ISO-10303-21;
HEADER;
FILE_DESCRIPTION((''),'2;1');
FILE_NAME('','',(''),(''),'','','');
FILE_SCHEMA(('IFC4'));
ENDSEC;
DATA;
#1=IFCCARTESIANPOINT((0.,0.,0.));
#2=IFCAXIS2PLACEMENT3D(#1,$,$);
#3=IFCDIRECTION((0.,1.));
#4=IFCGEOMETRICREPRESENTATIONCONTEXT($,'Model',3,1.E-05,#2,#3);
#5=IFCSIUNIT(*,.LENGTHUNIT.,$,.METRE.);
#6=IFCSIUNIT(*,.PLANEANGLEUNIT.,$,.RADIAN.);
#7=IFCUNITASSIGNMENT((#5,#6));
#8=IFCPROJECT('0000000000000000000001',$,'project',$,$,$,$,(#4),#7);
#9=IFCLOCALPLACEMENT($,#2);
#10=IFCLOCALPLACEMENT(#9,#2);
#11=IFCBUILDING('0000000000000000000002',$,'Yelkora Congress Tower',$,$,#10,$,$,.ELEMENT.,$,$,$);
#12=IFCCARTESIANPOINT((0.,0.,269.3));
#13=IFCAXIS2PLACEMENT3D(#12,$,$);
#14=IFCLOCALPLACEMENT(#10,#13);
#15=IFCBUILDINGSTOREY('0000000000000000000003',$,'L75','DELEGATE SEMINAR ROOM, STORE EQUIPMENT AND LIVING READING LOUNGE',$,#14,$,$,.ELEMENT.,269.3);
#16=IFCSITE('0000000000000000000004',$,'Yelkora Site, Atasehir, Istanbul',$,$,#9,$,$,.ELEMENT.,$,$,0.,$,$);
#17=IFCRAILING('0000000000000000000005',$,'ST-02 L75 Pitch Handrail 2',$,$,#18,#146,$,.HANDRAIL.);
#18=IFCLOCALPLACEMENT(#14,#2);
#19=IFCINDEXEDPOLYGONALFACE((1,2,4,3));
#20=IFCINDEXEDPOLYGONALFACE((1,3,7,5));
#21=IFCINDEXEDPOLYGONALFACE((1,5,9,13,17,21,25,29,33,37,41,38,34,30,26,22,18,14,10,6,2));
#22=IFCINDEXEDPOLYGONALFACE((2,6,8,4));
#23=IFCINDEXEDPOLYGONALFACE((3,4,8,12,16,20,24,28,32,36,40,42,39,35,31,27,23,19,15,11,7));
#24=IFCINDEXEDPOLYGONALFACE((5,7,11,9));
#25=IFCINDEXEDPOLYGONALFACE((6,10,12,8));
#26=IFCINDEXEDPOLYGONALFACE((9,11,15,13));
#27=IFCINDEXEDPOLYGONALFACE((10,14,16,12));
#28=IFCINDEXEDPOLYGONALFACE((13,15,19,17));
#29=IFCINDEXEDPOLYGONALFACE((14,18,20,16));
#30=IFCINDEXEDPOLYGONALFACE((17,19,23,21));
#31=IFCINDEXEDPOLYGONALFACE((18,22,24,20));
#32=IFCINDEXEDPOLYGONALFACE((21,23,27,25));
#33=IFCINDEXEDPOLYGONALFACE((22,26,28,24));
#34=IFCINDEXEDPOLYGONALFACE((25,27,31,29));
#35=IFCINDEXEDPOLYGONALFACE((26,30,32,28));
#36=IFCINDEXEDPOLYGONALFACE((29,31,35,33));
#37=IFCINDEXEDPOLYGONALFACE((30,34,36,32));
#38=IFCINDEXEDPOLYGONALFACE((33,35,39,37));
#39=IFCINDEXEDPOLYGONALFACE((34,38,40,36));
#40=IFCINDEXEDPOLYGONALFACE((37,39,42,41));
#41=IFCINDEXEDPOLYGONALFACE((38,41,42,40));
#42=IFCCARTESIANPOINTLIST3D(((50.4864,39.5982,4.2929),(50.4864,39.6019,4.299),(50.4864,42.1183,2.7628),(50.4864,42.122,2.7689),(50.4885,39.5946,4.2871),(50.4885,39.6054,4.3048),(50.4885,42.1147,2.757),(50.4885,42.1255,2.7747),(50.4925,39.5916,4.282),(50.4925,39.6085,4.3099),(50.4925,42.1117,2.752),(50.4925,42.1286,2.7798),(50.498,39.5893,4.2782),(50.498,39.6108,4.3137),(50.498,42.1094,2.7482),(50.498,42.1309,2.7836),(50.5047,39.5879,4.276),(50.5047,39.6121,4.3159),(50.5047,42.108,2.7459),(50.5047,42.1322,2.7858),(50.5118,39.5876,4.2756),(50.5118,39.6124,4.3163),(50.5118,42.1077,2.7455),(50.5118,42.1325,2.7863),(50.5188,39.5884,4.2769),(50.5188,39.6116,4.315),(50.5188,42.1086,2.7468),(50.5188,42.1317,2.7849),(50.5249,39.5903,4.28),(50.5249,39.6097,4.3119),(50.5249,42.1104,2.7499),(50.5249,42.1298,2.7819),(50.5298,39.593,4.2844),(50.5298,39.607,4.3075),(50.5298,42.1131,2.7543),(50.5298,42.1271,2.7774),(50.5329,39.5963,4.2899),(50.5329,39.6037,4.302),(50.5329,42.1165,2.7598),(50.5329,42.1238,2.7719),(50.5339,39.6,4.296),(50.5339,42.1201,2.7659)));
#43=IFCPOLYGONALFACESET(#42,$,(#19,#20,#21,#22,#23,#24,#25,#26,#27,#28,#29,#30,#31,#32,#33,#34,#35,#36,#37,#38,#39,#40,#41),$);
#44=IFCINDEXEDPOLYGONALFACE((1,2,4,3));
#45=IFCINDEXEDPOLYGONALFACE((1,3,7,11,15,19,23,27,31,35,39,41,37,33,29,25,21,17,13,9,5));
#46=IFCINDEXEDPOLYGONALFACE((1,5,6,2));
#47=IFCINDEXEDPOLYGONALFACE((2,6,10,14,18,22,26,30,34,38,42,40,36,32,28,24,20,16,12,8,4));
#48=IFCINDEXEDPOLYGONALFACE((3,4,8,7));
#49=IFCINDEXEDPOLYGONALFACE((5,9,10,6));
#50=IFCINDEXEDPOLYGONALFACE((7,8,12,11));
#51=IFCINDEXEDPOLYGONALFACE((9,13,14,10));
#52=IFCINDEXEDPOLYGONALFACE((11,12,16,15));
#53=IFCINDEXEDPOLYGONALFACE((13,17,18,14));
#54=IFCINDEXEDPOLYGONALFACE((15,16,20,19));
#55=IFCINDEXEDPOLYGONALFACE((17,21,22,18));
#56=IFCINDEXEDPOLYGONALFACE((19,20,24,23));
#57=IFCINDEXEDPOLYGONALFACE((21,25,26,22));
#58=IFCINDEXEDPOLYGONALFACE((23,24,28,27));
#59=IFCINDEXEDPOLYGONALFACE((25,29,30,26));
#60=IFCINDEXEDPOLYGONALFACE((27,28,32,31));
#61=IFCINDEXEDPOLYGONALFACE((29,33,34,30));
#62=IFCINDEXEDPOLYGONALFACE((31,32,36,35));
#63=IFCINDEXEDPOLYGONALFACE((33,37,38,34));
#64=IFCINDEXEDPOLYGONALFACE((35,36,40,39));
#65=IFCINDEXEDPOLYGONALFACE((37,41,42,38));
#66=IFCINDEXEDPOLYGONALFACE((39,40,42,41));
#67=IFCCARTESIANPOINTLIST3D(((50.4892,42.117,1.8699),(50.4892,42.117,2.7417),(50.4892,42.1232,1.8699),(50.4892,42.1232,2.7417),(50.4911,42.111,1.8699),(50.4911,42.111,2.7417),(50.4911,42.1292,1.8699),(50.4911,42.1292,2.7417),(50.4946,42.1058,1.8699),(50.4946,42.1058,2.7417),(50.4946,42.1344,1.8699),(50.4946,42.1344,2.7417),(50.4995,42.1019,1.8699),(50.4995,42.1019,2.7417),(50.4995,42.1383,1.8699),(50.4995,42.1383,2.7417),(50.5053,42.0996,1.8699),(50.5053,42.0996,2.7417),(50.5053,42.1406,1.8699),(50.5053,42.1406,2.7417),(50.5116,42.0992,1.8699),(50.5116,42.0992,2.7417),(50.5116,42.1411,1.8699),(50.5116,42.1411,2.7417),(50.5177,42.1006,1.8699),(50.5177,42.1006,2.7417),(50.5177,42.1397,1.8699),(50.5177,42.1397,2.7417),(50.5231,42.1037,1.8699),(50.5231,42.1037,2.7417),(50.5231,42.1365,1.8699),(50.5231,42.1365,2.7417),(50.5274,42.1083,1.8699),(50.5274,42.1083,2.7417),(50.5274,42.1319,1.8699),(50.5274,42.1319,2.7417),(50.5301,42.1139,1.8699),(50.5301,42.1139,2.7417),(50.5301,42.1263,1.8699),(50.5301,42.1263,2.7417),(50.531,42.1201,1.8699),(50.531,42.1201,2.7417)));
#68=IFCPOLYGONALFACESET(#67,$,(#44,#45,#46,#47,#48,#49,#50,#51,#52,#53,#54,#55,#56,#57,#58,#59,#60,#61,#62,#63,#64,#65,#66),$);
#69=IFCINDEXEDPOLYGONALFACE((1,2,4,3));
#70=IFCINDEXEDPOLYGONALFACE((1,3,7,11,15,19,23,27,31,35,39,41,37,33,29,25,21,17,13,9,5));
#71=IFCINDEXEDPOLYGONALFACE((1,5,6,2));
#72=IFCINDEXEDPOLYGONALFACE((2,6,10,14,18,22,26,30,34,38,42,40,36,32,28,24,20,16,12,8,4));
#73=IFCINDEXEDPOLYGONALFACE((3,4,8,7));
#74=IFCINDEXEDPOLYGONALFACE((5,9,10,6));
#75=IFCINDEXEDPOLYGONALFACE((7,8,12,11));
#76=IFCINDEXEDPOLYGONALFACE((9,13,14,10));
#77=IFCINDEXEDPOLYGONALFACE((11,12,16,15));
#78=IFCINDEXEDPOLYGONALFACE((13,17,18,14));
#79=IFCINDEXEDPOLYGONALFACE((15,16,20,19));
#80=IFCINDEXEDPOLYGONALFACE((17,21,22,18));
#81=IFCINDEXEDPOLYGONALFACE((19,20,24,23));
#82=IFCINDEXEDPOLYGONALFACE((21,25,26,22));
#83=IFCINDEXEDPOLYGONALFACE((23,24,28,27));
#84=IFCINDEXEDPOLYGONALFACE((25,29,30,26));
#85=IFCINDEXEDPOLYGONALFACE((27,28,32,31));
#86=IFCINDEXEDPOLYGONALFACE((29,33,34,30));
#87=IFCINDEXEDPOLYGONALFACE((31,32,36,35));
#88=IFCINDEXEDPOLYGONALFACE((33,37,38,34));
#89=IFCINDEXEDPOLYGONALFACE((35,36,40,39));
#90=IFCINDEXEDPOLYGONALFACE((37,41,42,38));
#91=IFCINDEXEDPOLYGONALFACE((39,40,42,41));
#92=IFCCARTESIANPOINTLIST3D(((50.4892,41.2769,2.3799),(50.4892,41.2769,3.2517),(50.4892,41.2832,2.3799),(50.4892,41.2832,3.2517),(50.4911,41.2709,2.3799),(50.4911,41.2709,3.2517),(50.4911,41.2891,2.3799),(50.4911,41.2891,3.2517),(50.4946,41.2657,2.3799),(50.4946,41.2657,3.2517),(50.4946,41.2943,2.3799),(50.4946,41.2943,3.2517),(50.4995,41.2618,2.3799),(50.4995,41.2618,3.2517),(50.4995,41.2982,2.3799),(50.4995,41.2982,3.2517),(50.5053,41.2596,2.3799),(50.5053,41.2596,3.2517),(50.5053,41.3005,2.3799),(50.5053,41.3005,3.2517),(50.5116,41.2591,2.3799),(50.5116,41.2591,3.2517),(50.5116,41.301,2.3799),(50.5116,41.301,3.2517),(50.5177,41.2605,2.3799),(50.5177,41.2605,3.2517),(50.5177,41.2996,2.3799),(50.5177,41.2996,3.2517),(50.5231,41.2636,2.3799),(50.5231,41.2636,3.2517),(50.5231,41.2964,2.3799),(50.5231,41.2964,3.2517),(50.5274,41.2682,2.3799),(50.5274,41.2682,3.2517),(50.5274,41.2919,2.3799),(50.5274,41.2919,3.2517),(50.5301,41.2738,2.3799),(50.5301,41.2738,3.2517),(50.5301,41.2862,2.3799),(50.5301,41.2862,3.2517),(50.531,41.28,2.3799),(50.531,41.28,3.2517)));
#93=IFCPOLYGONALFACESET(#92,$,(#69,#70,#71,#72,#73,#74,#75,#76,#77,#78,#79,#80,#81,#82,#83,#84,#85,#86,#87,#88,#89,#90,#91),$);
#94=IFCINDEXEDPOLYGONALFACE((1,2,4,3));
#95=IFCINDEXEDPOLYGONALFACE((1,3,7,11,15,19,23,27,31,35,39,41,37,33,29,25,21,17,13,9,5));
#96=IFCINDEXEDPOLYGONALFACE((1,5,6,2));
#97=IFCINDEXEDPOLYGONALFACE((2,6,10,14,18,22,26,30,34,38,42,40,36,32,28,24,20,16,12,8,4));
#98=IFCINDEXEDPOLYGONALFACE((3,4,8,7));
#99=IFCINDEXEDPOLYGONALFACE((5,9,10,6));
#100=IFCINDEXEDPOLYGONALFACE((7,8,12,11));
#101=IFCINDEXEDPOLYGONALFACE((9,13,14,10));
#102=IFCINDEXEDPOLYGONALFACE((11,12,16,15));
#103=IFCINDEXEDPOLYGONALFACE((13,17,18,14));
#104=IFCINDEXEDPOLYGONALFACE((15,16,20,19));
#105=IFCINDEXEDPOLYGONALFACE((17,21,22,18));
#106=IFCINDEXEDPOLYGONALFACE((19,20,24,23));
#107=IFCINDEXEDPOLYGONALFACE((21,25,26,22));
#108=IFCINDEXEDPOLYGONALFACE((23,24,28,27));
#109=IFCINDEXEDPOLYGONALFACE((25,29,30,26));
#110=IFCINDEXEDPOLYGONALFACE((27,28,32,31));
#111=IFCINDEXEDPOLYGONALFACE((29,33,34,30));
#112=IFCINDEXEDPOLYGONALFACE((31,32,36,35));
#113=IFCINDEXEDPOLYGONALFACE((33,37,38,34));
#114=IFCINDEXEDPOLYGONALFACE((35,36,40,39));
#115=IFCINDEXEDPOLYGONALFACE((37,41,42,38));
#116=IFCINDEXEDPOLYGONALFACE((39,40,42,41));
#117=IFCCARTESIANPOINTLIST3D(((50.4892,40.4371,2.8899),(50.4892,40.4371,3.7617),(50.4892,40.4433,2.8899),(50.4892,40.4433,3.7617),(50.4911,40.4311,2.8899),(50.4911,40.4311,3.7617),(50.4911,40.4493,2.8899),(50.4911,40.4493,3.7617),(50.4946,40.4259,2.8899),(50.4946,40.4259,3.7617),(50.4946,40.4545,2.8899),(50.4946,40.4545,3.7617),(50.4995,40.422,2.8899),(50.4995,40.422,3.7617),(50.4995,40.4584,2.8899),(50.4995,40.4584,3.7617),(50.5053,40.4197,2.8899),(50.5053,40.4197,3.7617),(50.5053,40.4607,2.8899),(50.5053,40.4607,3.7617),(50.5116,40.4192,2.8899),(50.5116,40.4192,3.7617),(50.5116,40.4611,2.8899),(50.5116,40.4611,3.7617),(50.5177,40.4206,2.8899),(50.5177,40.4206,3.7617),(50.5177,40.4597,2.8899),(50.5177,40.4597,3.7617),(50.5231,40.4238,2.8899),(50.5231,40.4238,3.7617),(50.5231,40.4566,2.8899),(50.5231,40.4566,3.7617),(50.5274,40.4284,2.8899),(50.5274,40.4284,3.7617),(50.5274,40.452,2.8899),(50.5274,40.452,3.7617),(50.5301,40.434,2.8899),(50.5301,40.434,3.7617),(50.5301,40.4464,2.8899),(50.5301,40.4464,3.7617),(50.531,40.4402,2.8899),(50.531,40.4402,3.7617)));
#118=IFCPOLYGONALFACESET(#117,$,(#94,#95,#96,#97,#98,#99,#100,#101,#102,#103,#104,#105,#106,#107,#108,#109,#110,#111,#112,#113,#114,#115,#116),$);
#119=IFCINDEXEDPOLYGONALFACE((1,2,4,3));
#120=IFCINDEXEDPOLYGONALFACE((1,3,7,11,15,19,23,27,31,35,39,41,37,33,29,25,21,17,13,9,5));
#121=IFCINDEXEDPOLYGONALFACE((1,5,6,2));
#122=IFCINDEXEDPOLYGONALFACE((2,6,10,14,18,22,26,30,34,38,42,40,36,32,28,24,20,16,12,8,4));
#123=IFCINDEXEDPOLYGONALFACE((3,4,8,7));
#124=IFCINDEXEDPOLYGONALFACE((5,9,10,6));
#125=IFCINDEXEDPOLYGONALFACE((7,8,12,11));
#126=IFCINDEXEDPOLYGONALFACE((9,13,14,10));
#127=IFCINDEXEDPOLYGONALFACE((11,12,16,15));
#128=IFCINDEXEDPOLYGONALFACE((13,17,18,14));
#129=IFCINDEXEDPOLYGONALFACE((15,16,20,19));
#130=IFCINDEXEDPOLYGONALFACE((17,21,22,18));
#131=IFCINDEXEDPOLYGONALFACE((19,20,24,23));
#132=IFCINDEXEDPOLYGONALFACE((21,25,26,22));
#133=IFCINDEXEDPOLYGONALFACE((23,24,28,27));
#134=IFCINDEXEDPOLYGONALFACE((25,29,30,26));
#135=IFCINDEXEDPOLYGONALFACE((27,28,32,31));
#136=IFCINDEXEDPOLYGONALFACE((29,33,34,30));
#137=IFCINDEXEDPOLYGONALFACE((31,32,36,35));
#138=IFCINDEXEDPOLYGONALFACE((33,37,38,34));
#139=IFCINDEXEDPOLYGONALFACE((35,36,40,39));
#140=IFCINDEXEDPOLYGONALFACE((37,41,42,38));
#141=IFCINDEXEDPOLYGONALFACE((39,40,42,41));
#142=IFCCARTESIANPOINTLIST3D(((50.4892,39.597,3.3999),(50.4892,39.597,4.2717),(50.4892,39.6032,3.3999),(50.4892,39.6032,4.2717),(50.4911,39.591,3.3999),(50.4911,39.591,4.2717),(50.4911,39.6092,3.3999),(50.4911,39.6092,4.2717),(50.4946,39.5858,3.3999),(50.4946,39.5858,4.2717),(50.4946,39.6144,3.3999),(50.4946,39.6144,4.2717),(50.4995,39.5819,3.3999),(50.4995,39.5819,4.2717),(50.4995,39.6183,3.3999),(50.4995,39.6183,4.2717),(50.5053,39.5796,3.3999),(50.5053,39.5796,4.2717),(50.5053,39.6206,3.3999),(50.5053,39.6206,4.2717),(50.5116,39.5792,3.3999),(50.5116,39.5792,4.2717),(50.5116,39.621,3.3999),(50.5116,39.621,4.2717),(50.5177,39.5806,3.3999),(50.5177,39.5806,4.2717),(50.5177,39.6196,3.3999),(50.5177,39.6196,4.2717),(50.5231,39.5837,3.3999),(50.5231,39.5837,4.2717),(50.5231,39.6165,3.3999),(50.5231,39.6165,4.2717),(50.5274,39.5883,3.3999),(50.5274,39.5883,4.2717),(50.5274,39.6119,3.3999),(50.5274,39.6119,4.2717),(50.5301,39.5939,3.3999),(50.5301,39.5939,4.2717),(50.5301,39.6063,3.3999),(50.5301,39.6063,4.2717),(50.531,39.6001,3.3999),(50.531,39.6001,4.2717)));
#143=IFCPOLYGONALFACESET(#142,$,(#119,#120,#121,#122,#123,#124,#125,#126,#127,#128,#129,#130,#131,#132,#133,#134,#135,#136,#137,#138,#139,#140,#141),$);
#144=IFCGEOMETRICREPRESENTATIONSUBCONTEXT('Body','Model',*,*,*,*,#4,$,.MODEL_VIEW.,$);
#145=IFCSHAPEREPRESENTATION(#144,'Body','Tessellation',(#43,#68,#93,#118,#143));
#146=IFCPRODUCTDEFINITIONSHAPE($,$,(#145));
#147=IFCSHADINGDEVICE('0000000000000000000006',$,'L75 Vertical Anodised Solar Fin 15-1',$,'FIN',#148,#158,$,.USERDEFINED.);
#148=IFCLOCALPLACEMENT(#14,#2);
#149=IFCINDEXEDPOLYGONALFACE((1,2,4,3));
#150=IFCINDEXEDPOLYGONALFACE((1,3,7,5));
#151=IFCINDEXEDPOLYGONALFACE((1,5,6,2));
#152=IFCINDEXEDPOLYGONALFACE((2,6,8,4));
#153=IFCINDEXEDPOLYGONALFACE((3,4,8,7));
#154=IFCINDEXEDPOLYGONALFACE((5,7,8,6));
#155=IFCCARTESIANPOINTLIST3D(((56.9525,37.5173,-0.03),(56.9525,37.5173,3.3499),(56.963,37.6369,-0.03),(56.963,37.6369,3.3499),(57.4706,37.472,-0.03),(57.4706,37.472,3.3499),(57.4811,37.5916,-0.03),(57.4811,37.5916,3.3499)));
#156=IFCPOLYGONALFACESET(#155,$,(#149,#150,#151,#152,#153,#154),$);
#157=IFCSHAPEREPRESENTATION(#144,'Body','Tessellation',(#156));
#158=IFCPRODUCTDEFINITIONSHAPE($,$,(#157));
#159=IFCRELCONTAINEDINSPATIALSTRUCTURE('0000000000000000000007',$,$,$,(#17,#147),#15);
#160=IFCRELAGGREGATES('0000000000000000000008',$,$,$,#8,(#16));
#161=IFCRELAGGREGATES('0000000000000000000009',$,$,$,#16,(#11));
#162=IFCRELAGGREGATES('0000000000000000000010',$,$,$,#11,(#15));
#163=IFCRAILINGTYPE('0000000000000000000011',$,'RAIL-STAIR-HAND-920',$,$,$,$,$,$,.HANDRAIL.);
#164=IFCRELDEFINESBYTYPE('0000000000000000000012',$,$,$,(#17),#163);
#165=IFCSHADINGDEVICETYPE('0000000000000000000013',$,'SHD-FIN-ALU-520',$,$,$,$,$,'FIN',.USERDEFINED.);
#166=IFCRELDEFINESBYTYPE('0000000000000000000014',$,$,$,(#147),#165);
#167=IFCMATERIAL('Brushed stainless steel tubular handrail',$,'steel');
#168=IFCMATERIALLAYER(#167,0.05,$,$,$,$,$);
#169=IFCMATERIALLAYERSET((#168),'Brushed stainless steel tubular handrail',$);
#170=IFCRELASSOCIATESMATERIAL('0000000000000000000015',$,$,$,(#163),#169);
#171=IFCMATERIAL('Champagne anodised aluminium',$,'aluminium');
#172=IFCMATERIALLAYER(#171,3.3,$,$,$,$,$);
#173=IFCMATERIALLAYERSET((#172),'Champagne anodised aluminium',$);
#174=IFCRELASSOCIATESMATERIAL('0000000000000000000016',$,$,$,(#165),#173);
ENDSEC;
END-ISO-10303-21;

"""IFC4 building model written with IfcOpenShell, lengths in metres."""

from ifc_helpers import new_model, si_unit, direction, frame, origin, origin_2d, place, context, subcontext, project, spatial, rectangle, circle, extrude, material, layer, layer_set, type_object, element, save


model = new_model("IFC4")

# Units and contexts
model_context = context("Model", 3, precision=1e-05, world=origin(), true_north=direction((0.0, 1.0)))
body_context = subcontext(model_context, "Body", "Model", "MODEL_VIEW")
ifc_project = project(units=[si_unit("LENGTHUNIT", "METRE"), si_unit("PLANEANGLEUNIT", "RADIAN")], contexts=[model_context])

# Site, building, storey
site_placement = place(None, origin())
site = spatial("IfcSite", under=ifc_project, at=site_placement, Name="Yelkora Site, Atasehir, Istanbul", CompositionType="ELEMENT", RefElevation=0.0)
building_placement = place(site_placement, origin())
building = spatial("IfcBuilding", under=site, at=building_placement, Name="Yelkora Congress Tower", CompositionType="ELEMENT")
storey_placement = place(building_placement, frame((0.0, 0.0, 269.3)))
storey = spatial("IfcBuildingStorey", under=building, at=storey_placement, Name="L75", Description="DELEGATE SEMINAR ROOM, STORE EQUIPMENT AND LIVING READING LOUNGE", CompositionType="ELEMENT", Elevation=269.3)

# Railing
ifc_material_1 = material(Name="Brushed stainless steel tubular handrail", Category="steel")
ifc_layer_1 = layer(ifc_material_1, 0.05)
ifc_layer_set_1 = layer_set([ifc_layer_1], Name="Brushed stainless steel tubular handrail")
railing_type_1 = type_object("IfcRailingType", Name="RAIL-STAIR-HAND-920", PredefinedType="HANDRAIL", material=ifc_layer_set_1)
railing_1_placement = place(storey_placement, frame((50.51, 42.1201, 1.8699)))
element("IfcRailing", 1, at=railing_1_placement, inside=storey, type_object=railing_type_1, Name="ST-02 L75 Pitch Handrail 2", PredefinedType="HANDRAIL", context=body_context, shape_type="SweptSolid", body=[
    extrude(circle(Radius=0.0239, at=origin_2d()), frame((0.0, 0.0, 0.896), z_axis=(0.0, -0.854785, 0.518982), x_axis=(1.0, 0.0, 0.0)), (0.0, 0.0, 1.0), 2.9482),
    extrude(circle(Radius=0.021, at=origin_2d()), origin(), (0.0, 0.0, 1.0), 0.8718),
    extrude(circle(Radius=0.021, at=origin_2d()), frame((0.0, -0.8401, 0.51)), (0.0, 0.0, 1.0), 0.8718),
    extrude(circle(Radius=0.021, at=origin_2d()), frame((0.0, -1.6799, 1.02)), (0.0, 0.0, 1.0), 0.8718),
    extrude(circle(Radius=0.021, at=origin_2d()), frame((0.0, -2.52, 1.53)), (0.0, 0.0, 1.0), 0.8718),
])

# Shading device
ifc_material_2 = material(Name="Champagne anodised aluminium", Category="aluminium")
ifc_layer_2 = layer(ifc_material_2, 3.3)
ifc_layer_set_2 = layer_set([ifc_layer_2], Name="Champagne anodised aluminium")
shading_device_type = type_object("IfcShadingDeviceType", Name="SHD-FIN-ALU-520", ElementType="FIN", PredefinedType="USERDEFINED", material=ifc_layer_set_2)
shading_device_placement = place(storey_placement, frame((57.2168, 37.5544, -0.03), z_axis=(0.0, 0.0, 1.0), x_axis=(-0.087156, -0.996195, 0.0)))
element("IfcShadingDevice", 2, at=shading_device_placement, inside=storey, type_object=shading_device_type, Name="L75 Vertical Anodised Solar Fin 15-1", ObjectType="FIN", PredefinedType="USERDEFINED", context=body_context, shape_type="SweptSolid", body=[
    extrude(rectangle(XDim=0.1201, YDim=0.52, at=origin_2d()), origin(), (0.0, 0.0, 1.0), 3.3799),
])

save(model, "model.ifc")
